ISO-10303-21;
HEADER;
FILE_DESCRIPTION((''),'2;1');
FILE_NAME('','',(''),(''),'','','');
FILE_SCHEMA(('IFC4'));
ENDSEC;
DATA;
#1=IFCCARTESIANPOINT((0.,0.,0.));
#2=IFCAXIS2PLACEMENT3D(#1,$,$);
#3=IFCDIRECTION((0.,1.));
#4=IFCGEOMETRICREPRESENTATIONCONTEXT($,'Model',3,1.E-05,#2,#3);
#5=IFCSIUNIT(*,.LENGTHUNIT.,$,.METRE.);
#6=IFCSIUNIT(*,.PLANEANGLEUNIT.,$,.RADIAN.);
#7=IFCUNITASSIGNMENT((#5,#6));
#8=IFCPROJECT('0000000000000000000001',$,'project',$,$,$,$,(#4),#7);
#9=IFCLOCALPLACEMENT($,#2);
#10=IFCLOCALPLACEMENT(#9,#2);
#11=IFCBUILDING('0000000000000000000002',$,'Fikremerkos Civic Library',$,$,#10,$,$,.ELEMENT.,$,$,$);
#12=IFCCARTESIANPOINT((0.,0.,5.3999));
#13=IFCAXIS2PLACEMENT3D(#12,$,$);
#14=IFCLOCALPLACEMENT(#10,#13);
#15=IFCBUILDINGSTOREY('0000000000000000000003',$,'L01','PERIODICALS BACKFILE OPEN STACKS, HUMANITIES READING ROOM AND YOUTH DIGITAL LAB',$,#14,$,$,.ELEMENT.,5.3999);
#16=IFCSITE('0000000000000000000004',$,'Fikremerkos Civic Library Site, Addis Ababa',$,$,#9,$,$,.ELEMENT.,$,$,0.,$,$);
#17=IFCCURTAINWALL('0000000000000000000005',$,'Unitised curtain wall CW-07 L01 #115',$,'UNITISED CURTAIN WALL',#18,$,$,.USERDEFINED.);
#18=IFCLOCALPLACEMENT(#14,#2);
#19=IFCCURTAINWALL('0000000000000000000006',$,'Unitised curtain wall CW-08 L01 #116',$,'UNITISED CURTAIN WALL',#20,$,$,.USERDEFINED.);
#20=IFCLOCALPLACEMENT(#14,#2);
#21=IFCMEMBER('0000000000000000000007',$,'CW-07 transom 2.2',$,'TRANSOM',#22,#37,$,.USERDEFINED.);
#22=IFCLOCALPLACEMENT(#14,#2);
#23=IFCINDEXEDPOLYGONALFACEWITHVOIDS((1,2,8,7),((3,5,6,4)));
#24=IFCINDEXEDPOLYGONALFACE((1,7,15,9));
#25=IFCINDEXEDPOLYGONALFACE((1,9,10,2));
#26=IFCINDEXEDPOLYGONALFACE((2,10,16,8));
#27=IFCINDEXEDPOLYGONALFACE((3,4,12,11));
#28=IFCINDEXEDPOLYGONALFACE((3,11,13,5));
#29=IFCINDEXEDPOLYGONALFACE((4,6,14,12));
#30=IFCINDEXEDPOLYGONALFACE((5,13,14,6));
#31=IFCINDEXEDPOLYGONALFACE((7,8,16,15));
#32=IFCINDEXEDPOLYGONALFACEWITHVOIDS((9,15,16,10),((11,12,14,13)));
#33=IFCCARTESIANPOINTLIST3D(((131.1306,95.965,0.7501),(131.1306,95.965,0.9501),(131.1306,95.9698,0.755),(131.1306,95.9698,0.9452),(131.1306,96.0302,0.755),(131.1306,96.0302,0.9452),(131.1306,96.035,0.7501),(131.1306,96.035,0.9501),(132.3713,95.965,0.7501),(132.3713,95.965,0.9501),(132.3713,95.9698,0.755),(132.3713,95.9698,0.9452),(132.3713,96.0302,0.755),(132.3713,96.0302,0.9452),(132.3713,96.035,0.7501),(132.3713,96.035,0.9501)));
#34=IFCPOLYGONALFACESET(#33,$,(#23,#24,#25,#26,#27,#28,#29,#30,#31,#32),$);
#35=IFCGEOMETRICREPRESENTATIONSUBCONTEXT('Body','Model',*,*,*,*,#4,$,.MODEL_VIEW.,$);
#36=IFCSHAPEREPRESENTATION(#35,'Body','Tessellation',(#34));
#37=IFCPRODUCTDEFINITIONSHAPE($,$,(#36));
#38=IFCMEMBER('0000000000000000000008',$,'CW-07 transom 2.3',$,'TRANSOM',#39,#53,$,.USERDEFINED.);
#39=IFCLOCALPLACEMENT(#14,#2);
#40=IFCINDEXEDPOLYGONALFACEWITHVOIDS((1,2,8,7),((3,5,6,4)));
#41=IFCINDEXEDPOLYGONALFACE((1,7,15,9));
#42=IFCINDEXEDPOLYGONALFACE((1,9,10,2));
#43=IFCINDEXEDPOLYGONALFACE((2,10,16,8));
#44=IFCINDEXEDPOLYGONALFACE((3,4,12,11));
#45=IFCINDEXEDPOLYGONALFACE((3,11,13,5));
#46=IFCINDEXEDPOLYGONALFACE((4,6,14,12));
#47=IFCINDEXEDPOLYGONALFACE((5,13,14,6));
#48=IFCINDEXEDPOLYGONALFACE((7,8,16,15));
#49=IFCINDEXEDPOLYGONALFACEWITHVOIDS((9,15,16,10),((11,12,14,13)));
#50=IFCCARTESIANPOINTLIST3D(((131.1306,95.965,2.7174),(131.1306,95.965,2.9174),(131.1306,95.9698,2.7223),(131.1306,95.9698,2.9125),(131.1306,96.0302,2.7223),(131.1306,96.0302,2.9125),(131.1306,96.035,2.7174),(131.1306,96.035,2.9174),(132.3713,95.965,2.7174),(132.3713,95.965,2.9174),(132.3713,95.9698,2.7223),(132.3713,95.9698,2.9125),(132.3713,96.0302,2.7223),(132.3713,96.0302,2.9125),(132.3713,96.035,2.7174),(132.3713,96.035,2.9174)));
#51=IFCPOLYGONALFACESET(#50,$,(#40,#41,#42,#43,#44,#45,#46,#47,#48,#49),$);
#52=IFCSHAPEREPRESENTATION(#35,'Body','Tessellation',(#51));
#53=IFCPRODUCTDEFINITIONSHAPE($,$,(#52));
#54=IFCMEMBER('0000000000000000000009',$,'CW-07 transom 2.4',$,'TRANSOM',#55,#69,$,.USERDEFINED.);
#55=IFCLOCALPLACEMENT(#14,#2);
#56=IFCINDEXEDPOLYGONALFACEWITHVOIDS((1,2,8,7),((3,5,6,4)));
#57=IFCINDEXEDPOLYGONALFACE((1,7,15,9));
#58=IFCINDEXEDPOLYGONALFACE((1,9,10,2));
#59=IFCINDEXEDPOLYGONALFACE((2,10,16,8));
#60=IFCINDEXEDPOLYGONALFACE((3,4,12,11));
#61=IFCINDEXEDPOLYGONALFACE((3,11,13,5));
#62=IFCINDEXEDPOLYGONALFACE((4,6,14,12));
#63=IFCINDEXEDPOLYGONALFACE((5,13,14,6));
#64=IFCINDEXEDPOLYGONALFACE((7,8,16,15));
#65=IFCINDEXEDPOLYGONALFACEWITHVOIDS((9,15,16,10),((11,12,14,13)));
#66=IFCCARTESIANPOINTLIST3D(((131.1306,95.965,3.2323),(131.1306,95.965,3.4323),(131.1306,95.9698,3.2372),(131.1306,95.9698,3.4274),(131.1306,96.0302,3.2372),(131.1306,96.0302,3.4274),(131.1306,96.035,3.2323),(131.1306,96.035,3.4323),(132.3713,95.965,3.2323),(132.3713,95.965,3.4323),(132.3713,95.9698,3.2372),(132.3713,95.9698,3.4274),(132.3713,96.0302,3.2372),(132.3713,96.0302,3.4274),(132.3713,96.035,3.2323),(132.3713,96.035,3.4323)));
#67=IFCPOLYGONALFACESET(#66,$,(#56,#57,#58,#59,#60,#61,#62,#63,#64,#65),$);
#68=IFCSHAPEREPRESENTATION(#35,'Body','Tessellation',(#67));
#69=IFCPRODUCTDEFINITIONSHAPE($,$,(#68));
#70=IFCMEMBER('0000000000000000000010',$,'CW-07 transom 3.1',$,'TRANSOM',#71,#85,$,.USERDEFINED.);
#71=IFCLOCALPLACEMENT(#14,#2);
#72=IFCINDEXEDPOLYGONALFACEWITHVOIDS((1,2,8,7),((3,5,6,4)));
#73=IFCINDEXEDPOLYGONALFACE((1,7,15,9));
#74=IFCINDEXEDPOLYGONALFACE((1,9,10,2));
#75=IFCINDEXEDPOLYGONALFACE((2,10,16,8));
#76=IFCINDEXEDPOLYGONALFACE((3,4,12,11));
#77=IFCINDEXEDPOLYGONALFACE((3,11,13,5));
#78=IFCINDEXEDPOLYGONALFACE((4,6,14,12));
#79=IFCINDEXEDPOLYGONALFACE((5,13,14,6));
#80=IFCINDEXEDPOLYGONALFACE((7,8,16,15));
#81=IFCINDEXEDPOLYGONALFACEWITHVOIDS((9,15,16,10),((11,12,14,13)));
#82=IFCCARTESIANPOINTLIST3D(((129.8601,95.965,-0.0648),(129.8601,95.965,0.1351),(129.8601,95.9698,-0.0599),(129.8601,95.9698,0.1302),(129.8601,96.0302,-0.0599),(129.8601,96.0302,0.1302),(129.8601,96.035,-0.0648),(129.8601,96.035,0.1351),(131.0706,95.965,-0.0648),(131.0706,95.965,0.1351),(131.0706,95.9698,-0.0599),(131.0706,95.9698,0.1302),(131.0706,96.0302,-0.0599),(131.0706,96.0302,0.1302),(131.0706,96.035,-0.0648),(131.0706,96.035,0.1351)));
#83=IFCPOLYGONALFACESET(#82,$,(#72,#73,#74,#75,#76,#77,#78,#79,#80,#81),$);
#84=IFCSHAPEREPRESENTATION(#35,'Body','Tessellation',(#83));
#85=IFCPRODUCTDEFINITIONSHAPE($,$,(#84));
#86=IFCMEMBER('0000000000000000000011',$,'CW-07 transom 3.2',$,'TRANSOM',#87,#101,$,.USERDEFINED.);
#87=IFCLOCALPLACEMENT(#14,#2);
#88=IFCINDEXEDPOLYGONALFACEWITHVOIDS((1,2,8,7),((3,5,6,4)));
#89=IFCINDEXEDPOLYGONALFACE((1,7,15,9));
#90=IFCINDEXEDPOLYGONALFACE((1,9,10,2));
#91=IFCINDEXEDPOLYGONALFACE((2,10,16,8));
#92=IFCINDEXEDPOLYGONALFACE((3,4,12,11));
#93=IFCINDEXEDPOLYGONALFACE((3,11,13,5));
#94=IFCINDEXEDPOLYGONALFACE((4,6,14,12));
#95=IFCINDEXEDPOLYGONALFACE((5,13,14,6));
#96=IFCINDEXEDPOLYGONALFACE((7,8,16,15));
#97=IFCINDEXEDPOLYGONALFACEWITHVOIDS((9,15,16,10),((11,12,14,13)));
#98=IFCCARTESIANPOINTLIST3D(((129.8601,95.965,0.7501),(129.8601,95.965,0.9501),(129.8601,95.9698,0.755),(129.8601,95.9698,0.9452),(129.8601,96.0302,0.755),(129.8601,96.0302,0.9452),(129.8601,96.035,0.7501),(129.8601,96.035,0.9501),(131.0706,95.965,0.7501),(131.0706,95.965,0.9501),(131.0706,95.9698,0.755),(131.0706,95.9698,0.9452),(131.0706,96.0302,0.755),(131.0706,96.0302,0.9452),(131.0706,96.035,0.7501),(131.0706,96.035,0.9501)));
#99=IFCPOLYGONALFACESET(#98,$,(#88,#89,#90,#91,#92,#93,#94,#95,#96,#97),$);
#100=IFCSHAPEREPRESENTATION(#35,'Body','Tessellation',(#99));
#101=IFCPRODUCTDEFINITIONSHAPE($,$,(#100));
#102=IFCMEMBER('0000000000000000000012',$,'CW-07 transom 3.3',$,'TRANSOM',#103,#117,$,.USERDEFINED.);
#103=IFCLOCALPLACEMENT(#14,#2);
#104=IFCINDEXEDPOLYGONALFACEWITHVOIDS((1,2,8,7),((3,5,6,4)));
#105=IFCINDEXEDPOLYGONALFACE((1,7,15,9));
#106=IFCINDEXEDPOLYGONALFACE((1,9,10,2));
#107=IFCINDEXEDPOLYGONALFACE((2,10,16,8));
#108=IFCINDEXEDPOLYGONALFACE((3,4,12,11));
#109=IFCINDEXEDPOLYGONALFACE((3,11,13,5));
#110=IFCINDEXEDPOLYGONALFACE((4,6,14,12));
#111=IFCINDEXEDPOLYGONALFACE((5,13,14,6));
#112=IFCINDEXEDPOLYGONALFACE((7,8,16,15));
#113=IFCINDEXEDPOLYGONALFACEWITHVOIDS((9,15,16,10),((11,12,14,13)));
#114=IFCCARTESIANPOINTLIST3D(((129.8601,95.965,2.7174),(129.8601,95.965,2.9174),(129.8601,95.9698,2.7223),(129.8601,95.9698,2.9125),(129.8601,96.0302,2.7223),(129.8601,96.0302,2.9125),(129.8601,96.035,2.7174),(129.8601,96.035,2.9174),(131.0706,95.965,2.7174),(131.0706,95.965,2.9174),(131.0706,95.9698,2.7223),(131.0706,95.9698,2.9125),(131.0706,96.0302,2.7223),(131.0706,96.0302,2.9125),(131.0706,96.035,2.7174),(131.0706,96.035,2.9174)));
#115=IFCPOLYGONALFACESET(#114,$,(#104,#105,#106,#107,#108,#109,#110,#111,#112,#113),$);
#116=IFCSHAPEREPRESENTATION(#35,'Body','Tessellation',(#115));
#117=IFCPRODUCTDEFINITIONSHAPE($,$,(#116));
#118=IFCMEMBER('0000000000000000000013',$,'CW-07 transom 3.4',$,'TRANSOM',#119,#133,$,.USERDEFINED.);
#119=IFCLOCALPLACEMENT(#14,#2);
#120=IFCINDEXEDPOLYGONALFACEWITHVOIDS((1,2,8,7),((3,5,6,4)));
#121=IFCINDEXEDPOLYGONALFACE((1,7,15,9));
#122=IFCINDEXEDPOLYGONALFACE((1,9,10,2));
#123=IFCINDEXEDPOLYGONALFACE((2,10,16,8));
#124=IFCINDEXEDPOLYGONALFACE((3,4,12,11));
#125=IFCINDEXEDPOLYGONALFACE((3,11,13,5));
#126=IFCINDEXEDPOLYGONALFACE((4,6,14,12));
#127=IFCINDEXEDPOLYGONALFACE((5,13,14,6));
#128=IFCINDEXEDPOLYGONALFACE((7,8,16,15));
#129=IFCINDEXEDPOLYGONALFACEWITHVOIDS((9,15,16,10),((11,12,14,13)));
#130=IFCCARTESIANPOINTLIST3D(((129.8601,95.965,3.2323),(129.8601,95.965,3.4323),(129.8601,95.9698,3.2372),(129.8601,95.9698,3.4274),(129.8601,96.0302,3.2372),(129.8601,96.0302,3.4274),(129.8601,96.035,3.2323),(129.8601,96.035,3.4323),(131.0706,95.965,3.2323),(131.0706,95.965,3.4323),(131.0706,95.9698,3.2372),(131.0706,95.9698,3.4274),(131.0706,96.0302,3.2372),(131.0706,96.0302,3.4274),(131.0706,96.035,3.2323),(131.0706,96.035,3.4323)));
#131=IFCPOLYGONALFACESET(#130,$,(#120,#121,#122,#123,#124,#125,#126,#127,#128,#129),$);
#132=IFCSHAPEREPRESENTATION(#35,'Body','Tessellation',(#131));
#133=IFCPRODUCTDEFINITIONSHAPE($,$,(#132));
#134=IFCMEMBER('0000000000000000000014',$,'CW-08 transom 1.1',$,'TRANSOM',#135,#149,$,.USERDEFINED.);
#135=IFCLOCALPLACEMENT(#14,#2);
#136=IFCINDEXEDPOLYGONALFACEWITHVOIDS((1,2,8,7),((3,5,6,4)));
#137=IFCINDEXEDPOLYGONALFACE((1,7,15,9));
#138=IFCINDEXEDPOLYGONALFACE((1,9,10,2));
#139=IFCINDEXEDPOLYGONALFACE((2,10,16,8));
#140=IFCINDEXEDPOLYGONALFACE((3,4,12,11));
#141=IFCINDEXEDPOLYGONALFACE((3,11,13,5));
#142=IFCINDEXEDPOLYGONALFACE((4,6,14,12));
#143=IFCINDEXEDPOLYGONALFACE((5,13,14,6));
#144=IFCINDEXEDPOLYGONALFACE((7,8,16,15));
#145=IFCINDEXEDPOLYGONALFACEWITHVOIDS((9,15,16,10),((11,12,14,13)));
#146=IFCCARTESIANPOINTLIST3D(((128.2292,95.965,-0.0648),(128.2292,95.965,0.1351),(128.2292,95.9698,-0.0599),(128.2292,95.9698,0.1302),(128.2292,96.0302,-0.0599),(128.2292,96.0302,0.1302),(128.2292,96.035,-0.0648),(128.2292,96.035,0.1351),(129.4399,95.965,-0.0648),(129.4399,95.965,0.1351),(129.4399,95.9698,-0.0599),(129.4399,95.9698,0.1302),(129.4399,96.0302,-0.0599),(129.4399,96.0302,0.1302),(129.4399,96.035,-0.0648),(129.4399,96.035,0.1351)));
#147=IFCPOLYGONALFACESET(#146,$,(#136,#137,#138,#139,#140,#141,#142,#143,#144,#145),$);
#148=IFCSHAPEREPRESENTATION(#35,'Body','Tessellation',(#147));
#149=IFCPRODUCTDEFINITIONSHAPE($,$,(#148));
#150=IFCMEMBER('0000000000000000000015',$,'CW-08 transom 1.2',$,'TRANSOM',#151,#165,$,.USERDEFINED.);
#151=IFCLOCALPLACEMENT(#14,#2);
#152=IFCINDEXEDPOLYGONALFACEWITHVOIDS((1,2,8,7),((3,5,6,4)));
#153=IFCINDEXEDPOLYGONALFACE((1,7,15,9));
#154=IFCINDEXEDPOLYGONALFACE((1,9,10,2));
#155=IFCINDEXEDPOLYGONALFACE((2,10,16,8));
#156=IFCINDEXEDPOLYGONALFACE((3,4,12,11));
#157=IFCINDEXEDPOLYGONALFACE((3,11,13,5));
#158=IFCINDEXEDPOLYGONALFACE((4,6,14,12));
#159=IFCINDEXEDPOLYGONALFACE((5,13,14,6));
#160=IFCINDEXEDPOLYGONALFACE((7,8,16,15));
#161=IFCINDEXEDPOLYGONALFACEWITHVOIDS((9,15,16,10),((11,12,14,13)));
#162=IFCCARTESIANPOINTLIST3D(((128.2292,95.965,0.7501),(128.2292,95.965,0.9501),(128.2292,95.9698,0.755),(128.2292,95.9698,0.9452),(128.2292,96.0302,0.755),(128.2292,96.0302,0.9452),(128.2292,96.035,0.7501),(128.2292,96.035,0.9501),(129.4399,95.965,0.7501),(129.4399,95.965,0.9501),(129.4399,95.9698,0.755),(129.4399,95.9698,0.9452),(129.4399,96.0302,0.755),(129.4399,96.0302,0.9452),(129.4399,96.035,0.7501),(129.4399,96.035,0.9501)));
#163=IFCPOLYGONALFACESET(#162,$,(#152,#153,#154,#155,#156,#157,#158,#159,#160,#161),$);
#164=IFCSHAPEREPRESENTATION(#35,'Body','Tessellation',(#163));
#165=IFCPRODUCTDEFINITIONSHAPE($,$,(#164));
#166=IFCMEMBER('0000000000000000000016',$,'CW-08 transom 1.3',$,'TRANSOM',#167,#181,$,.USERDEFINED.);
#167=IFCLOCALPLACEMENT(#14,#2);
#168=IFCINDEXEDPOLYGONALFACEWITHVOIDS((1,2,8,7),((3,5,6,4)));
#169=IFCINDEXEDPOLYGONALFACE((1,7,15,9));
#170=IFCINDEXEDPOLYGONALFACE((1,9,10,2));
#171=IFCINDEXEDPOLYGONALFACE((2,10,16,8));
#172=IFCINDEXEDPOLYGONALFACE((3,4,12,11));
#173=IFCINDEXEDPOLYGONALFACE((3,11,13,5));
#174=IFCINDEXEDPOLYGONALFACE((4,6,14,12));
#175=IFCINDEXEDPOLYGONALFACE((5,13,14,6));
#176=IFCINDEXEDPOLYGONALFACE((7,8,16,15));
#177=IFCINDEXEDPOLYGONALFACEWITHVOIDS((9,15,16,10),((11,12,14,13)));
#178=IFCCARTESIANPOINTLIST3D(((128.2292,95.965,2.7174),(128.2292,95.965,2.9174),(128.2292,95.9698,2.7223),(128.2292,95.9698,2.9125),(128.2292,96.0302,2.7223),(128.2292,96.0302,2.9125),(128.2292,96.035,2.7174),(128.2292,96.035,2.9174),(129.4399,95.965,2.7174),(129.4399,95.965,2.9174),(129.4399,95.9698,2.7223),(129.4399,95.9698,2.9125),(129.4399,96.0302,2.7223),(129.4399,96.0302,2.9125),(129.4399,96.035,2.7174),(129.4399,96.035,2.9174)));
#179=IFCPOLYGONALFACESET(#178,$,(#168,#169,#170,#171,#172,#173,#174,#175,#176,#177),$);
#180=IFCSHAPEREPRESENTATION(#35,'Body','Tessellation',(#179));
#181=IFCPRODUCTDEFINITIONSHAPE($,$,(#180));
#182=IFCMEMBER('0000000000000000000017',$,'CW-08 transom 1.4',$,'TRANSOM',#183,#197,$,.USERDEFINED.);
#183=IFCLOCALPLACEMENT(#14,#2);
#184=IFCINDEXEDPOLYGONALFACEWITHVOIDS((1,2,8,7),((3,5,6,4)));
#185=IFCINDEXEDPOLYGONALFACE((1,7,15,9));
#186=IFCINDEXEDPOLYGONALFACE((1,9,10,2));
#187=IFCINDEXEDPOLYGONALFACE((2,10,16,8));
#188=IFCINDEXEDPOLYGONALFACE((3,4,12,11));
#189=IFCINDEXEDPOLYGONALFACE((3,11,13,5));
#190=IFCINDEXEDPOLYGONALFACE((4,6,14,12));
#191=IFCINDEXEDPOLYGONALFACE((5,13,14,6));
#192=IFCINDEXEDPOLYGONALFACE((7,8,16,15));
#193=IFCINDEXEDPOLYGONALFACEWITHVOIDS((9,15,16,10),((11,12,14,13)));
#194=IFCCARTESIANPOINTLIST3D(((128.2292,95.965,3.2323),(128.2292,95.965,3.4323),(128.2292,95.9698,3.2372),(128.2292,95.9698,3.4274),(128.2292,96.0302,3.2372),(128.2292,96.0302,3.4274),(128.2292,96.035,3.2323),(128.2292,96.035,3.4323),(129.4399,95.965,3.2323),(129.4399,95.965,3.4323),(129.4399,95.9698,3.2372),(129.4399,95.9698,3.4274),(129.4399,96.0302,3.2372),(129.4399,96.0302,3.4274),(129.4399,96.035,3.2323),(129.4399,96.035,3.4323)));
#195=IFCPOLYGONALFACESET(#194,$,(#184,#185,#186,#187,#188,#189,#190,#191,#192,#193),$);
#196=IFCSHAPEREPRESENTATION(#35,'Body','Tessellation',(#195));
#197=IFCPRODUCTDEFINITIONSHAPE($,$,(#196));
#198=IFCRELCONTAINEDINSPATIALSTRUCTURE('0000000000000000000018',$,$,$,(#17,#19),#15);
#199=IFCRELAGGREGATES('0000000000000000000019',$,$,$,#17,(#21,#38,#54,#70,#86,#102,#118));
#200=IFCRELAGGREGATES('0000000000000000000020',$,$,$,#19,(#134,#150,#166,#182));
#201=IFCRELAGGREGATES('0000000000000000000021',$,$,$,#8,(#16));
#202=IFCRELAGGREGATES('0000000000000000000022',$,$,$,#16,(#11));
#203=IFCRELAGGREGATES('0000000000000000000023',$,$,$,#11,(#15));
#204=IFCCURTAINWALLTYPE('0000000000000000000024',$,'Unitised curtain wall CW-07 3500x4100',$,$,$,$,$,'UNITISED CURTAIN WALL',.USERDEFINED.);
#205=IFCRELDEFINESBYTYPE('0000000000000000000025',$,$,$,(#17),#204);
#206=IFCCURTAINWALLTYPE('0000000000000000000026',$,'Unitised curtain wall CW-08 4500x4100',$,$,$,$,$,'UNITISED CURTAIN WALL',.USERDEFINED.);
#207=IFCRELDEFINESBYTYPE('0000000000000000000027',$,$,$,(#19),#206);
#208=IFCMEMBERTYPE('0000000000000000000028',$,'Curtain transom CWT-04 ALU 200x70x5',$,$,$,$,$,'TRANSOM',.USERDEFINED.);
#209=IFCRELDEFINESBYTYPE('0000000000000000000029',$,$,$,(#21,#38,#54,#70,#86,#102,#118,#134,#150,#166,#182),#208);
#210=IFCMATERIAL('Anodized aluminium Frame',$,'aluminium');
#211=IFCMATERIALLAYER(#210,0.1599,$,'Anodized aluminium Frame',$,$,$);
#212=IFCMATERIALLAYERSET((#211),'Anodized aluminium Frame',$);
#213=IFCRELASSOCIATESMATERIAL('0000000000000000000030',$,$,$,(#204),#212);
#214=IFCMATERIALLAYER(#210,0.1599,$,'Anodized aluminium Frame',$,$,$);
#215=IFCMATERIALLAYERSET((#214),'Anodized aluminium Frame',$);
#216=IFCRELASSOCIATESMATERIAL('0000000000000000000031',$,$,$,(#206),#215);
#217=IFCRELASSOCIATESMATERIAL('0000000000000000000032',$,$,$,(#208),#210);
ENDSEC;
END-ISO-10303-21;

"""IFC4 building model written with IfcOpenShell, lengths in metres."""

from ifc_helpers import new_model, si_unit, direction, frame, origin, origin_2d, place, context, subcontext, project, spatial, hollow_rectangle, extrude, material, layer, layer_set, material_profile, profile_set, type_object, element, aggregate, save


model = new_model("IFC4")

# Units and contexts
model_context = context("Model", 3, precision=1e-05, world=origin(), true_north=direction((0.0, 1.0)))
body_context = subcontext(model_context, "Body", "Model", "MODEL_VIEW")
ifc_project = project(units=[si_unit("LENGTHUNIT", "METRE"), si_unit("PLANEANGLEUNIT", "RADIAN")], contexts=[model_context])

# Site, building, storey
site_placement = place(None, origin())
site = spatial("IfcSite", under=ifc_project, at=site_placement, Name="Fikremerkos Civic Library Site, Addis Ababa", CompositionType="ELEMENT", RefElevation=0.0)
building_placement = place(site_placement, origin())
building = spatial("IfcBuilding", under=site, at=building_placement, Name="Fikremerkos Civic Library", CompositionType="ELEMENT")
storey_placement = place(building_placement, frame((0.0, 0.0, 5.3999)))
storey = spatial("IfcBuildingStorey", under=building, at=storey_placement, Name="L01", Description="PERIODICALS BACKFILE OPEN STACKS, HUMANITIES READING ROOM AND YOUTH DIGITAL LAB", CompositionType="ELEMENT", Elevation=5.3999)

# Curtain walls
ifc_material_1 = material(Name="Anodized aluminium Frame", Category="aluminium")
ifc_layer_1 = layer(ifc_material_1, 0.1599, Name="Anodized aluminium Frame")
ifc_layer_set_1 = layer_set([ifc_layer_1], Name="Anodized aluminium Frame")
curtain_wall_type_1 = type_object("IfcCurtainWallType", Name="Unitised curtain wall CW-07 3500x4100", ElementType="UNITISED CURTAIN WALL", PredefinedType="USERDEFINED", material=ifc_layer_set_1)
curtain_wall_1_placement = place(storey_placement, origin())
curtain_wall_1 = element("IfcCurtainWall", 1, at=curtain_wall_1_placement, inside=storey, type_object=curtain_wall_type_1, Name="Unitised curtain wall CW-07 L01 #115", ObjectType="UNITISED CURTAIN WALL", PredefinedType="USERDEFINED")
ifc_layer_2 = layer(ifc_material_1, 0.1599, Name="Anodized aluminium Frame")
ifc_layer_set_2 = layer_set([ifc_layer_2], Name="Anodized aluminium Frame")
curtain_wall_type_2 = type_object("IfcCurtainWallType", Name="Unitised curtain wall CW-08 4500x4100", ElementType="UNITISED CURTAIN WALL", PredefinedType="USERDEFINED", material=ifc_layer_set_2)
curtain_wall_2_placement = place(storey_placement, origin())
curtain_wall_2 = element("IfcCurtainWall", 2, at=curtain_wall_2_placement, inside=storey, type_object=curtain_wall_type_2, Name="Unitised curtain wall CW-08 L01 #116", ObjectType="UNITISED CURTAIN WALL", PredefinedType="USERDEFINED")

# Members
ifc_material_profile_1 = material_profile(ifc_material_1, hollow_rectangle(XDim=0.0701, YDim=0.2, WallThickness=0.0049, at=origin_2d()), Name="ALU 200x70x5")
ifc_profile_set_1 = profile_set([ifc_material_profile_1], Name="Anodized aluminium Frame")
member_type_1 = type_object("IfcMemberType", Name="Curtain transom CWT-04 ALU 200x70x5", ElementType="TRANSOM", PredefinedType="USERDEFINED", material=ifc_profile_set_1)
member_1_placement = place(storey_placement, frame((132.3713, 96.0, 0.8501), z_axis=(-1.0, 0.0, 0.0), x_axis=(0.0, -1.0, 0.0)))
member_1 = element("IfcMember", 3, at=member_1_placement, type_object=member_type_1, Name="CW-07 transom 2.2", ObjectType="TRANSOM", PredefinedType="USERDEFINED", context=body_context, shape_type="SweptSolid", body=[
    extrude(hollow_rectangle(XDim=0.0701, YDim=0.2, WallThickness=0.0049, at=origin_2d()), origin(), (0.0, 0.0, 1.0), 1.2407),
])
member_2_placement = place(storey_placement, frame((132.3713, 96.0, 2.8174), z_axis=(-1.0, 0.0, 0.0), x_axis=(0.0, -1.0, 0.0)))
member_2 = element("IfcMember", 4, at=member_2_placement, type_object=member_type_1, Name="CW-07 transom 2.3", ObjectType="TRANSOM", PredefinedType="USERDEFINED", context=body_context, shape_type="SweptSolid", body=[
    extrude(hollow_rectangle(XDim=0.0701, YDim=0.2, WallThickness=0.0049, at=origin_2d()), origin(), (0.0, 0.0, 1.0), 1.2407),
])
member_3_placement = place(storey_placement, frame((132.3713, 96.0, 3.3323), z_axis=(-1.0, 0.0, 0.0), x_axis=(0.0, -1.0, 0.0)))
member_3 = element("IfcMember", 5, at=member_3_placement, type_object=member_type_1, Name="CW-07 transom 2.4", ObjectType="TRANSOM", PredefinedType="USERDEFINED", context=body_context, shape_type="SweptSolid", body=[
    extrude(hollow_rectangle(XDim=0.0701, YDim=0.2, WallThickness=0.0049, at=origin_2d()), origin(), (0.0, 0.0, 1.0), 1.2407),
])
member_4_placement = place(storey_placement, frame((131.0706, 96.0, 0.0352), z_axis=(-1.0, 0.0, 0.0), x_axis=(0.0, -1.0, 0.0)))
member_4 = element("IfcMember", 6, at=member_4_placement, type_object=member_type_1, Name="CW-07 transom 3.1", ObjectType="TRANSOM", PredefinedType="USERDEFINED", context=body_context, shape_type="SweptSolid", body=[
    extrude(hollow_rectangle(XDim=0.0701, YDim=0.2, WallThickness=0.0049, at=origin_2d()), origin(), (0.0, 0.0, 1.0), 1.2104),
])
member_5_placement = place(storey_placement, frame((131.0706, 96.0, 0.8501), z_axis=(-1.0, 0.0, 0.0), x_axis=(0.0, -1.0, 0.0)))
member_5 = element("IfcMember", 7, at=member_5_placement, type_object=member_type_1, Name="CW-07 transom 3.2", ObjectType="TRANSOM", PredefinedType="USERDEFINED", context=body_context, shape_type="SweptSolid", body=[
    extrude(hollow_rectangle(XDim=0.0701, YDim=0.2, WallThickness=0.0049, at=origin_2d()), origin(), (0.0, 0.0, 1.0), 1.2104),
])
member_6_placement = place(storey_placement, frame((131.0706, 96.0, 2.8174), z_axis=(-1.0, 0.0, 0.0), x_axis=(0.0, -1.0, 0.0)))
member_6 = element("IfcMember", 8, at=member_6_placement, type_object=member_type_1, Name="CW-07 transom 3.3", ObjectType="TRANSOM", PredefinedType="USERDEFINED", context=body_context, shape_type="SweptSolid", body=[
    extrude(hollow_rectangle(XDim=0.0701, YDim=0.2, WallThickness=0.0049, at=origin_2d()), origin(), (0.0, 0.0, 1.0), 1.2104),
])
member_7_placement = place(storey_placement, frame((131.0706, 96.0, 3.3323), z_axis=(-1.0, 0.0, 0.0), x_axis=(0.0, -1.0, 0.0)))
member_7 = element("IfcMember", 9, at=member_7_placement, type_object=member_type_1, Name="CW-07 transom 3.4", ObjectType="TRANSOM", PredefinedType="USERDEFINED", context=body_context, shape_type="SweptSolid", body=[
    extrude(hollow_rectangle(XDim=0.0701, YDim=0.2, WallThickness=0.0049, at=origin_2d()), origin(), (0.0, 0.0, 1.0), 1.2104),
])
member_8_placement = place(storey_placement, frame((129.4399, 96.0, 0.0352), z_axis=(-1.0, 0.0, 0.0), x_axis=(0.0, -1.0, 0.0)))
member_8 = element("IfcMember", 10, at=member_8_placement, type_object=member_type_1, Name="CW-08 transom 1.1", ObjectType="TRANSOM", PredefinedType="USERDEFINED", context=body_context, shape_type="SweptSolid", body=[
    extrude(hollow_rectangle(XDim=0.0701, YDim=0.2, WallThickness=0.0049, at=origin_2d()), origin(), (0.0, 0.0, 1.0), 1.2107),
])
member_9_placement = place(storey_placement, frame((129.4399, 96.0, 0.8501), z_axis=(-1.0, 0.0, 0.0), x_axis=(0.0, -1.0, 0.0)))
member_9 = element("IfcMember", 11, at=member_9_placement, type_object=member_type_1, Name="CW-08 transom 1.2", ObjectType="TRANSOM", PredefinedType="USERDEFINED", context=body_context, shape_type="SweptSolid", body=[
    extrude(hollow_rectangle(XDim=0.0701, YDim=0.2, WallThickness=0.0049, at=origin_2d()), origin(), (0.0, 0.0, 1.0), 1.2107),
])
member_10_placement = place(storey_placement, frame((129.4399, 96.0, 2.8174), z_axis=(-1.0, 0.0, 0.0), x_axis=(0.0, -1.0, 0.0)))
member_10 = element("IfcMember", 12, at=member_10_placement, type_object=member_type_1, Name="CW-08 transom 1.3", ObjectType="TRANSOM", PredefinedType="USERDEFINED", context=body_context, shape_type="SweptSolid", body=[
    extrude(hollow_rectangle(XDim=0.0701, YDim=0.2, WallThickness=0.0049, at=origin_2d()), origin(), (0.0, 0.0, 1.0), 1.2107),
])
member_11_placement = place(storey_placement, frame((129.4399, 96.0, 3.3323), z_axis=(-1.0, 0.0, 0.0), x_axis=(0.0, -1.0, 0.0)))
member_11 = element("IfcMember", 13, at=member_11_placement, type_object=member_type_1, Name="CW-08 transom 1.4", ObjectType="TRANSOM", PredefinedType="USERDEFINED", context=body_context, shape_type="SweptSolid", body=[
    extrude(hollow_rectangle(XDim=0.0701, YDim=0.2, WallThickness=0.0049, at=origin_2d()), origin(), (0.0, 0.0, 1.0), 1.2107),
])

aggregate(curtain_wall_1, [member_1, member_2, member_3, member_4, member_5, member_6, member_7])
aggregate(curtain_wall_2, [member_8, member_9, member_10, member_11])

save(model, "model.ifc")
